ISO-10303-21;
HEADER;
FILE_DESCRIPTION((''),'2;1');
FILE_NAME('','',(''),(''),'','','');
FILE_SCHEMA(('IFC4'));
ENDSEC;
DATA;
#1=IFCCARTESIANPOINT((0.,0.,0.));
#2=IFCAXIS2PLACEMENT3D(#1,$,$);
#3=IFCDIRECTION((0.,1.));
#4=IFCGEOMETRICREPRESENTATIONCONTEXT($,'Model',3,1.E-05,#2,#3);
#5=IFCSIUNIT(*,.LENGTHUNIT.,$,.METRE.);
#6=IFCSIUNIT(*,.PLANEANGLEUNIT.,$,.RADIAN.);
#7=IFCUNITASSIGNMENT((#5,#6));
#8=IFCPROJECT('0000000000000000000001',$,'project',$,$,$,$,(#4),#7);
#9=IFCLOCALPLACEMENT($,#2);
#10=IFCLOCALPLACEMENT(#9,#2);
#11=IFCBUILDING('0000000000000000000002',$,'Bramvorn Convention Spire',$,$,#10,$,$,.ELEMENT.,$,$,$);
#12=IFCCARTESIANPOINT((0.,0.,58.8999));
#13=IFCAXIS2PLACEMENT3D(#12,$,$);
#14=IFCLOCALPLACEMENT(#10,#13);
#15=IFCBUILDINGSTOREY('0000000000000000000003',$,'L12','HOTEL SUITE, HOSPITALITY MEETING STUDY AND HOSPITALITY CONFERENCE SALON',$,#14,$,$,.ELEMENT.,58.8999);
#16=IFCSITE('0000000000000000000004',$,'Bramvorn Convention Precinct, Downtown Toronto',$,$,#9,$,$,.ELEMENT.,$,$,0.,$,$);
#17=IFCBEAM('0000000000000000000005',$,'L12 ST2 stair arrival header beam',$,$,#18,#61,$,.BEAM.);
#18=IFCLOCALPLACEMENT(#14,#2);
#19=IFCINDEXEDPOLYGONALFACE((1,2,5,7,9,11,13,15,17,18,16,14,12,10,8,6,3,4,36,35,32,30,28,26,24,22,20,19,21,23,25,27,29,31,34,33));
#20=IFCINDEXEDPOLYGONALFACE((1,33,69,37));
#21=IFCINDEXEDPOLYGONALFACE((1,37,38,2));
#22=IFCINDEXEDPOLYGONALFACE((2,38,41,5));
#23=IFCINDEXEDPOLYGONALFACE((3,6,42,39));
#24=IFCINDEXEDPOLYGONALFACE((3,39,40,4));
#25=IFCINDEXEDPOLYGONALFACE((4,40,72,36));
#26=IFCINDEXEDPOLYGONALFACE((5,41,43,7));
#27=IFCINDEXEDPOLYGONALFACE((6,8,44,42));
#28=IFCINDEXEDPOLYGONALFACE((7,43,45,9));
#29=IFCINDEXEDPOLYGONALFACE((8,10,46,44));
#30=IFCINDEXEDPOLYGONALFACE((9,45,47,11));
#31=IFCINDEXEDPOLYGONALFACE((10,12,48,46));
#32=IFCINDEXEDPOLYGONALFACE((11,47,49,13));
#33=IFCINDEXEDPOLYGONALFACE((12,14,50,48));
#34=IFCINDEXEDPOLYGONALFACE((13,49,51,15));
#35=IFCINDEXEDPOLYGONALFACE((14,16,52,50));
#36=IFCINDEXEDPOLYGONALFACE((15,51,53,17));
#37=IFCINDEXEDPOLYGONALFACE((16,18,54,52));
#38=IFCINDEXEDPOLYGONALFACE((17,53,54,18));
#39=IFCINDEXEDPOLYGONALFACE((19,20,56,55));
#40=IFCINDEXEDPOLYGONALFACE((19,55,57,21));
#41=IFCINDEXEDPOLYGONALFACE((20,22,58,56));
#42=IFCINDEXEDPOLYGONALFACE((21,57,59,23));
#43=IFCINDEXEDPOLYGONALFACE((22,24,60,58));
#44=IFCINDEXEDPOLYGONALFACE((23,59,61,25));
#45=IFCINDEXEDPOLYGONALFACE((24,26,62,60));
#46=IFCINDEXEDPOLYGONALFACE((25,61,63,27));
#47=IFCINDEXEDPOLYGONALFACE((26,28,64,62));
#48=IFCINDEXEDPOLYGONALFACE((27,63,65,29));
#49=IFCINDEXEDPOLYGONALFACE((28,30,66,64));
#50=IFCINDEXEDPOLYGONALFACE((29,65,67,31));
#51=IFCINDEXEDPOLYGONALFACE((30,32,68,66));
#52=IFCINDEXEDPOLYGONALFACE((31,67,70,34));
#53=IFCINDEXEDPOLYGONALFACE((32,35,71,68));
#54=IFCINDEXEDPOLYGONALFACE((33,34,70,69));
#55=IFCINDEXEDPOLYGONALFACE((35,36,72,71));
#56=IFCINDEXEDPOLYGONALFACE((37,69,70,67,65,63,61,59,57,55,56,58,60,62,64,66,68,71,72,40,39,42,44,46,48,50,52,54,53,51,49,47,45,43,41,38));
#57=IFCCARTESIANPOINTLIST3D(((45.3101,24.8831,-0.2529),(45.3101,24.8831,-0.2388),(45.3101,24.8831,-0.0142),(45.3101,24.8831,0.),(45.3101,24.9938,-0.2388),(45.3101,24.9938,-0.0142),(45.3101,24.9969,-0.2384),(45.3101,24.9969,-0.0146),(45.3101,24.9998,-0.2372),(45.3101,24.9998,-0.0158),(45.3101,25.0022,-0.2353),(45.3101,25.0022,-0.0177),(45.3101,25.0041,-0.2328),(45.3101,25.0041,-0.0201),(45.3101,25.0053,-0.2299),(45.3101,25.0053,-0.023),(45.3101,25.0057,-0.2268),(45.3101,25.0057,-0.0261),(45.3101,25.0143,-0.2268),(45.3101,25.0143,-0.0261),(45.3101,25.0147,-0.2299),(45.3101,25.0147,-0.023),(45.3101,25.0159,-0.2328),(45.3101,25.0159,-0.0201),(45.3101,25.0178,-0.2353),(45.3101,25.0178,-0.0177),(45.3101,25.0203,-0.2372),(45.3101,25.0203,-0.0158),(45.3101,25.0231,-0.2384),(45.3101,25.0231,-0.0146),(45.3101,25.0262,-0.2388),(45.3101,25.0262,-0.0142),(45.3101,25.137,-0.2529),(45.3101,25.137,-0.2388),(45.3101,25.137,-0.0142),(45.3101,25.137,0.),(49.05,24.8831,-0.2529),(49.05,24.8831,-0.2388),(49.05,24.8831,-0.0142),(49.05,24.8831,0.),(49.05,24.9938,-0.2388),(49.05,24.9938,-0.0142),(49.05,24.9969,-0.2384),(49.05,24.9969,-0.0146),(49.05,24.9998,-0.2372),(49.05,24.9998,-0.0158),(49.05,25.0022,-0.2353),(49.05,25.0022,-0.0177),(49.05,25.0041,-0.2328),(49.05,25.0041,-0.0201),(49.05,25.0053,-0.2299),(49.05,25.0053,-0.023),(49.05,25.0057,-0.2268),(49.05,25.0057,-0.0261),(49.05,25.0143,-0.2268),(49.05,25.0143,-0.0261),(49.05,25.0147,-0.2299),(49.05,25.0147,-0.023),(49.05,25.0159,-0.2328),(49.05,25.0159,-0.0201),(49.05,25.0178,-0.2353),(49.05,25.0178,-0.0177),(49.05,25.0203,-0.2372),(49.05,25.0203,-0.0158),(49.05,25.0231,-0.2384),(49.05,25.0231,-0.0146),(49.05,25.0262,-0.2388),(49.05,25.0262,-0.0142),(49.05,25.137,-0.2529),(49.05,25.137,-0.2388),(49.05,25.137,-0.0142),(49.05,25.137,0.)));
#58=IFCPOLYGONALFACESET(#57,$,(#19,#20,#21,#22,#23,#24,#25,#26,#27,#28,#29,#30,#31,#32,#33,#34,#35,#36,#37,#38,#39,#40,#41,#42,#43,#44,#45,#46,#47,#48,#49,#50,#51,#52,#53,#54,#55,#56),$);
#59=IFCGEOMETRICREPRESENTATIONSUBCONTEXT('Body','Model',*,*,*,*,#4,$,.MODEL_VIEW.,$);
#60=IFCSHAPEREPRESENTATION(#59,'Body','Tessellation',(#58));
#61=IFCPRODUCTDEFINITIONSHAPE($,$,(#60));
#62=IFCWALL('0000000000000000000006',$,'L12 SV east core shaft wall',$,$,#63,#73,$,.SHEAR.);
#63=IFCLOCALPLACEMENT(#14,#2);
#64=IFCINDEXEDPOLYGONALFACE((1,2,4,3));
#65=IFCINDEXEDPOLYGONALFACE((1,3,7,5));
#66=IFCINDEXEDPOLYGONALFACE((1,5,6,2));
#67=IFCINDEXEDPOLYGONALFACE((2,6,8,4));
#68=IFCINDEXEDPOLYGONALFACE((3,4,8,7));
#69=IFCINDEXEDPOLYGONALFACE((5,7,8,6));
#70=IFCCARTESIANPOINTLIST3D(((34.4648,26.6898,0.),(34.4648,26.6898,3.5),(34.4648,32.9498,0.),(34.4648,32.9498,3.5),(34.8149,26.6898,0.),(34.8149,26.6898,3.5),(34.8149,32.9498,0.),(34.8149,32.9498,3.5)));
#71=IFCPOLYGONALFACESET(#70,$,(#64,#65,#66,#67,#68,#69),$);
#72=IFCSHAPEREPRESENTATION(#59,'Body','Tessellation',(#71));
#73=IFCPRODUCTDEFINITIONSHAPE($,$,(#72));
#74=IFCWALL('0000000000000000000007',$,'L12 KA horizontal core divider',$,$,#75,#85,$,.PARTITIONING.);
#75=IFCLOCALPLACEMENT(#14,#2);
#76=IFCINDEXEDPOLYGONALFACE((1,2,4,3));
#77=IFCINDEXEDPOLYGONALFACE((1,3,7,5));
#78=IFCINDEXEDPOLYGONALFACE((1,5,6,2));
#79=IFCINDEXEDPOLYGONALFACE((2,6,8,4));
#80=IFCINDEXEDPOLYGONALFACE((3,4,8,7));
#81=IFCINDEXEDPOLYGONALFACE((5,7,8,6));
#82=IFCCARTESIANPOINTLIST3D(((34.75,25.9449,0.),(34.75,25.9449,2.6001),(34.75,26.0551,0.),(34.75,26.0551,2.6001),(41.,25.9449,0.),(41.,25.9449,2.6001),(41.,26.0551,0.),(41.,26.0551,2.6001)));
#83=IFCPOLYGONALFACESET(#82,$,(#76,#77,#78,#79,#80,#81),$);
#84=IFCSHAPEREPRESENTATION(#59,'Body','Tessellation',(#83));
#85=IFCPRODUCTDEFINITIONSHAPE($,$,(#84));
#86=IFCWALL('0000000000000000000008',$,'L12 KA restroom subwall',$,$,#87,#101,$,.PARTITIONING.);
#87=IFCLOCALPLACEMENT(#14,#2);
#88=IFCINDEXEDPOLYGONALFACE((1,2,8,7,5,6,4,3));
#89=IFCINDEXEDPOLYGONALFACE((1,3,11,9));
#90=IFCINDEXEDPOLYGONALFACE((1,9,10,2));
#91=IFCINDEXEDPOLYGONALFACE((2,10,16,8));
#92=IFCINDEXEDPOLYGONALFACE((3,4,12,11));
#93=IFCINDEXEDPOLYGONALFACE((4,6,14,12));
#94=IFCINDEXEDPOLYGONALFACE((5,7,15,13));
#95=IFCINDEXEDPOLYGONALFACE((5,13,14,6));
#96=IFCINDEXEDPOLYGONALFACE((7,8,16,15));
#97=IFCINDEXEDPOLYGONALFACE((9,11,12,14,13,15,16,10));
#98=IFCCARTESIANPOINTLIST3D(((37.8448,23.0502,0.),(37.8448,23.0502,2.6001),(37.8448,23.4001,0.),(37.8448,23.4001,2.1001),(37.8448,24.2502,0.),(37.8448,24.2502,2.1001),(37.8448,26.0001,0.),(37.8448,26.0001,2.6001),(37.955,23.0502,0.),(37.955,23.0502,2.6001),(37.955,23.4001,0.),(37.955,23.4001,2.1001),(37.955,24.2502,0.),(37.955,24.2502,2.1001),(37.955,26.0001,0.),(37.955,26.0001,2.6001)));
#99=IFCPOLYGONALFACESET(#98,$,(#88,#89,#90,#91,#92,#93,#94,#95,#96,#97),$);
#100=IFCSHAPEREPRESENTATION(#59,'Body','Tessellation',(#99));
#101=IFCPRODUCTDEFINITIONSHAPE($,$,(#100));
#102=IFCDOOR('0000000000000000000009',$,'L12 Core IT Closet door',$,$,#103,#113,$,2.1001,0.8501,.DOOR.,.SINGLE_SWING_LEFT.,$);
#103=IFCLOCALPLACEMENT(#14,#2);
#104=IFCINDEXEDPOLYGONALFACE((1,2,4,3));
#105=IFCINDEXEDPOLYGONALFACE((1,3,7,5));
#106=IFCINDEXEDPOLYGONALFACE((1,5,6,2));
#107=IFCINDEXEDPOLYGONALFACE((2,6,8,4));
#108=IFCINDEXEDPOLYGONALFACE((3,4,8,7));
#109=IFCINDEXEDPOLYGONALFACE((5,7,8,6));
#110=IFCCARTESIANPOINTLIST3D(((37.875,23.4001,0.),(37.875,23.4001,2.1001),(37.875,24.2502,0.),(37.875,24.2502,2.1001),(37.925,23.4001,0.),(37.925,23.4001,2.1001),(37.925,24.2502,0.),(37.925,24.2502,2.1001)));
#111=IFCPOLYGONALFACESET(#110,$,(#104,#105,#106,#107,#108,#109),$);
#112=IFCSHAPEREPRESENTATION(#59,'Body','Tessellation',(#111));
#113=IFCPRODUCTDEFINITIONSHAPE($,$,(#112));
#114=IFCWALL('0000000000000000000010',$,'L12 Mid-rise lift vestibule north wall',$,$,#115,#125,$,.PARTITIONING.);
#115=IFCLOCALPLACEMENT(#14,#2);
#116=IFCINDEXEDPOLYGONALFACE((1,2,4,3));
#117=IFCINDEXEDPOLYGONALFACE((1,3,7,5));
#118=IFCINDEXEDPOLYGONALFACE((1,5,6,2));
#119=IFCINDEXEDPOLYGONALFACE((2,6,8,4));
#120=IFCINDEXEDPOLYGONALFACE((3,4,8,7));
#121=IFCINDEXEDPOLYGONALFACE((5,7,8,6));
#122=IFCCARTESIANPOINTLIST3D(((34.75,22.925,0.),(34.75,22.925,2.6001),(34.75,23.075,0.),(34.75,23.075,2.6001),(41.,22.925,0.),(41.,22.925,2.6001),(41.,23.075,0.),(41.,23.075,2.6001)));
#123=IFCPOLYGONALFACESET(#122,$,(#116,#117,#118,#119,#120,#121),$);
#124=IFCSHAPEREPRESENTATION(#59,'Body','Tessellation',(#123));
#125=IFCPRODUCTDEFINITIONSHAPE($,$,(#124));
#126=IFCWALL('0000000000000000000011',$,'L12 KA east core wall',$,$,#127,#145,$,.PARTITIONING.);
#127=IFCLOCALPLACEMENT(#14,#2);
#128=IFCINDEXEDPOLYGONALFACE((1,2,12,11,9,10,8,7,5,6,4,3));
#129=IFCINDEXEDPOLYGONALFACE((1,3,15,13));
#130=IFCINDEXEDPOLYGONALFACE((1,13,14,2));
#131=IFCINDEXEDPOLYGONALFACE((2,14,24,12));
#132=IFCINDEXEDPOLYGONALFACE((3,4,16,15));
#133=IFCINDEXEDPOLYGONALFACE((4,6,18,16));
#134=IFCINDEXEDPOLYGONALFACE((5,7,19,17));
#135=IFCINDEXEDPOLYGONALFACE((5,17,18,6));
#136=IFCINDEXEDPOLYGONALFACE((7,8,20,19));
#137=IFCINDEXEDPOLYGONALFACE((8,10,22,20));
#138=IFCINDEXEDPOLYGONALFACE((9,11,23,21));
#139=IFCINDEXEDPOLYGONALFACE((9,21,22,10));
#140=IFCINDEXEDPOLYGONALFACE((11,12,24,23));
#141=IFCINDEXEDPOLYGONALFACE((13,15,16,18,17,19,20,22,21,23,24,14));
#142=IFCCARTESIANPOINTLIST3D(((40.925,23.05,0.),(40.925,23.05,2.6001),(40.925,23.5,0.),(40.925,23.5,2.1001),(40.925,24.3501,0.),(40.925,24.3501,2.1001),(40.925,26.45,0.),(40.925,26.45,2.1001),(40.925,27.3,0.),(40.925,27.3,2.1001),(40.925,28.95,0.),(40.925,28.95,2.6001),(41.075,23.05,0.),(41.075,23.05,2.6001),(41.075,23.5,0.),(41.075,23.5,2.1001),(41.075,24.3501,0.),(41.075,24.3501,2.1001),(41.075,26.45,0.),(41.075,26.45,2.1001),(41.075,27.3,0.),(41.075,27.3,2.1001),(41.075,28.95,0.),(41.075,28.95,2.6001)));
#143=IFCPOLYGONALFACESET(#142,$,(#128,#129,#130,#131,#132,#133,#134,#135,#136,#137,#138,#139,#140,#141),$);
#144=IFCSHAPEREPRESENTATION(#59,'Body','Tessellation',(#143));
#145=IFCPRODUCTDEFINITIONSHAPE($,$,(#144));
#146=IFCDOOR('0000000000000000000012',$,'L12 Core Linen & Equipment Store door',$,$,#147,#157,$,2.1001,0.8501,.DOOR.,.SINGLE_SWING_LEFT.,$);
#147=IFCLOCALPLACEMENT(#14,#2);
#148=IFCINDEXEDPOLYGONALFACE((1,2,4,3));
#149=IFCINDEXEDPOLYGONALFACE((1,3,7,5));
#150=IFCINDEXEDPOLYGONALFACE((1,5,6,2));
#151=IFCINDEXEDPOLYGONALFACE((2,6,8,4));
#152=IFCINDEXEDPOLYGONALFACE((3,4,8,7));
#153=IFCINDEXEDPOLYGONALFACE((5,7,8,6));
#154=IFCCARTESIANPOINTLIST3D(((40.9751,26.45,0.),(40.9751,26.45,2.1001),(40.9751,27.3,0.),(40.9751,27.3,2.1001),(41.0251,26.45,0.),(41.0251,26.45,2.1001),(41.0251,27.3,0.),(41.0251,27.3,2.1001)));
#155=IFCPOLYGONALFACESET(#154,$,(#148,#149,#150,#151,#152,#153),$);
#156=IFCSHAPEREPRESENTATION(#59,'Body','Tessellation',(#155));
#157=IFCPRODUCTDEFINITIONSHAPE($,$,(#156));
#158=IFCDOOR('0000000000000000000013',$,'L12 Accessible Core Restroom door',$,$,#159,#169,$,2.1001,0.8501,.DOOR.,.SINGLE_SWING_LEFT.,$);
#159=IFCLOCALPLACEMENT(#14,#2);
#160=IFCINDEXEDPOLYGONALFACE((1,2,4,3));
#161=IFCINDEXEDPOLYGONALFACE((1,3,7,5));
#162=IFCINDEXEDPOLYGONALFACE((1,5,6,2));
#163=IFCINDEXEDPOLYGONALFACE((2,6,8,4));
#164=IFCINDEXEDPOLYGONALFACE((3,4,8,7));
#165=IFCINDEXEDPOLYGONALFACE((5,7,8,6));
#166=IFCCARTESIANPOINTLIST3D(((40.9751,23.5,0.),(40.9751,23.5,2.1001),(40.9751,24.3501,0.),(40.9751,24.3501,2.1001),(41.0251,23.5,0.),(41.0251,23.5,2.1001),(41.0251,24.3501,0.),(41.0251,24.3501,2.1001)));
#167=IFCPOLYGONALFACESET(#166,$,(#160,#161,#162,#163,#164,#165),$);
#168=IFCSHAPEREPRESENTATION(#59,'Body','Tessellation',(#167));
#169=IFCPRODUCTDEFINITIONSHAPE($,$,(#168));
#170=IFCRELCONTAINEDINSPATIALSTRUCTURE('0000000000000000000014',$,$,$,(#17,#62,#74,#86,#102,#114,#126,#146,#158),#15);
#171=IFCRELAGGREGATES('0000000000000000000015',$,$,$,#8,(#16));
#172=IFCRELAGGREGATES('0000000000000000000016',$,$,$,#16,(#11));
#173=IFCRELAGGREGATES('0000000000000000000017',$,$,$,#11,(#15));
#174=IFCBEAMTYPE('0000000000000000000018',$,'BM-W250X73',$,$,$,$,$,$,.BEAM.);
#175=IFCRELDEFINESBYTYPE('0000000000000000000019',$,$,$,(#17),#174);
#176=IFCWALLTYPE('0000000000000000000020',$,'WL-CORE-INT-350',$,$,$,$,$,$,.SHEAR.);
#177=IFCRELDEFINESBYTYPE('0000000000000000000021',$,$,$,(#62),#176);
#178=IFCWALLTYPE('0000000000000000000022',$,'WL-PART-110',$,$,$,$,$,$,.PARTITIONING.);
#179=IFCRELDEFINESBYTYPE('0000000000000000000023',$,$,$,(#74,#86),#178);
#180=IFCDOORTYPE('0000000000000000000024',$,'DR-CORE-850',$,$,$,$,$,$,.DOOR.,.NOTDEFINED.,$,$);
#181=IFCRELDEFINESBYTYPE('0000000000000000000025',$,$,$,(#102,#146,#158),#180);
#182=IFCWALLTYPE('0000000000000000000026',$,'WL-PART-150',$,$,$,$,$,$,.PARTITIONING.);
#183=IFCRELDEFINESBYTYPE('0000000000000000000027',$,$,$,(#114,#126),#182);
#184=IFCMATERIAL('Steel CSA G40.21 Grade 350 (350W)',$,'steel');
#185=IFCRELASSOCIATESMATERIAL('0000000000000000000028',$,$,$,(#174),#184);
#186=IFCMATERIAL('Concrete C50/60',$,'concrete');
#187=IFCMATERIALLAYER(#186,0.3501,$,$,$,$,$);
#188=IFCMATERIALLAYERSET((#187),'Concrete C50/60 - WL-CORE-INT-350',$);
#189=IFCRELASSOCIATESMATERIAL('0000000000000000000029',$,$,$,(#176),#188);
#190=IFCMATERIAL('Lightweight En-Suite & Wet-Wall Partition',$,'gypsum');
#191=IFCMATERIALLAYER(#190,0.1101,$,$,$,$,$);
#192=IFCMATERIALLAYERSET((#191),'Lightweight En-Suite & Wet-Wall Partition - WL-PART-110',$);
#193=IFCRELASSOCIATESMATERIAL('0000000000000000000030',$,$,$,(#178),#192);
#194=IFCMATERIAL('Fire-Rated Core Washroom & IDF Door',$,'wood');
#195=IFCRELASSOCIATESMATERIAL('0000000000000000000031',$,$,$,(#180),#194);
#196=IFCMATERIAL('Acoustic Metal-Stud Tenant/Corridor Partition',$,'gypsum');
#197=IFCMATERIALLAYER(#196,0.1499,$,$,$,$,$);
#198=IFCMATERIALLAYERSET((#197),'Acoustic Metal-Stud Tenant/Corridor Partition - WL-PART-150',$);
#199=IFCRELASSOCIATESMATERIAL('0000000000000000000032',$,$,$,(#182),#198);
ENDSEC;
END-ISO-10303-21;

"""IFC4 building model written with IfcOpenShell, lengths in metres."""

from ifc_helpers import new_model, si_unit, direction, frame, frame_2d, origin, origin_2d, place, context, subcontext, project, spatial, rectangle, i_section, extrude, material, layer, layer_set, material_profile, profile_set, type_object, element, fill, save


model = new_model("IFC4")

# Units and contexts
model_context = context("Model", 3, precision=1e-05, world=origin(), true_north=direction((0.0, 1.0)))
body_context = subcontext(model_context, "Body", "Model", "MODEL_VIEW")
ifc_project = project(units=[si_unit("LENGTHUNIT", "METRE"), si_unit("PLANEANGLEUNIT", "RADIAN")], contexts=[model_context])

# Site, building, storey
site_placement = place(None, origin())
site = spatial("IfcSite", under=ifc_project, at=site_placement, Name="Bramvorn Convention Precinct, Downtown Toronto", CompositionType="ELEMENT", RefElevation=0.0)
building_placement = place(site_placement, origin())
building = spatial("IfcBuilding", under=site, at=building_placement, Name="Bramvorn Convention Spire", CompositionType="ELEMENT")
storey_placement = place(building_placement, frame((0.0, 0.0, 58.8999)))
storey = spatial("IfcBuildingStorey", under=building, at=storey_placement, Name="L12", Description="HOTEL SUITE, HOSPITALITY MEETING STUDY AND HOSPITALITY CONFERENCE SALON", CompositionType="ELEMENT", Elevation=58.8999)

# Beam
ifc_material_1 = material(Name="Steel CSA G40.21 Grade 350 (350W)", Category="steel")
ifc_material_profile = material_profile(ifc_material_1, i_section(OverallWidth=0.2539, OverallDepth=0.2529, WebThickness=0.0085, FlangeThickness=0.0142, FilletRadius=0.012, at=origin_2d()))
ifc_profile_set = profile_set([ifc_material_profile], Name="Steel CSA G40.21 Grade 350 (350W) - W250X73")
beam_type = type_object("IfcBeamType", Name="BM-W250X73", PredefinedType="BEAM", material=ifc_profile_set)
beam_placement = place(storey_placement, frame((45.3101, 25.01, -0.1265), z_axis=(1.0, 0.0, 0.0), x_axis=(0.0, 1.0, 0.0)))
element("IfcBeam", 1, at=beam_placement, inside=storey, type_object=beam_type, Name="L12 ST2 stair arrival header beam", PredefinedType="BEAM", context=body_context, shape_type="SweptSolid", body=[
    extrude(i_section(OverallWidth=0.2539, OverallDepth=0.2529, WebThickness=0.0085, FlangeThickness=0.0142, FilletRadius=0.012, at=origin_2d()), origin(), (0.0, 0.0, 1.0), 3.74),
])

# Walls
ifc_material_2 = material(Name="Concrete C50/60", Category="concrete")
ifc_layer_1 = layer(ifc_material_2, 0.3501)
ifc_layer_set_1 = layer_set([ifc_layer_1], Name="Concrete C50/60 - WL-CORE-INT-350")
wall_type_1 = type_object("IfcWallType", Name="WL-CORE-INT-350", PredefinedType="SHEAR", material=ifc_layer_set_1)
wall_1_placement = place(storey_placement, frame((34.6399, 26.6899, 0.0), z_axis=(0.0, 0.0, 1.0), x_axis=(0.0, 1.0, 0.0)))
element("IfcWall", 2, at=wall_1_placement, inside=storey, type_object=wall_type_1, Name="L12 SV east core shaft wall", PredefinedType="SHEAR", context=body_context, shape_type="SweptSolid", body=[
    extrude(rectangle(XDim=6.26, YDim=0.3501, at=frame_2d((3.1299, 0.0))), origin(), (0.0, 0.0, 1.0), 3.5),
])
ifc_material_3 = material(Name="Lightweight En-Suite & Wet-Wall Partition", Category="gypsum")
ifc_layer_2 = layer(ifc_material_3, 0.1101)
ifc_layer_set_2 = layer_set([ifc_layer_2], Name="Lightweight En-Suite & Wet-Wall Partition - WL-PART-110")
wall_type_2 = type_object("IfcWallType", Name="WL-PART-110", PredefinedType="PARTITIONING", material=ifc_layer_set_2)
wall_2_placement = place(storey_placement, frame((34.75, 26.0, 0.0), z_axis=(0.0, 0.0, 1.0), x_axis=(1.0, 0.0, 0.0)))
element("IfcWall", 3, at=wall_2_placement, inside=storey, type_object=wall_type_2, Name="L12 KA horizontal core divider", PredefinedType="PARTITIONING", context=body_context, shape_type="SweptSolid", body=[
    extrude(rectangle(XDim=6.25, YDim=0.1101, at=frame_2d((3.125, 0.0))), origin(), (0.0, 0.0, 1.0), 2.6001),
])

# Wall, opening, door
wall_3_placement = place(storey_placement, frame((37.8999, 23.05, 0.0), z_axis=(0.0, 0.0, 1.0), x_axis=(0.0, 1.0, 0.0)))
wall_3 = element("IfcWall", 4, at=wall_3_placement, inside=storey, type_object=wall_type_2, Name="L12 KA restroom subwall", PredefinedType="PARTITIONING", context=body_context, shape_type="SweptSolid", body=[
    extrude(rectangle(XDim=2.95, YDim=0.1101, at=frame_2d((1.4751, 0.0))), origin(), (0.0, 0.0, 1.0), 2.6001),
])
opening_1_placement = place(wall_3_placement, frame((0.3501, 0.0, 0.0)))
opening_1 = element("IfcOpeningElement", 5, at=opening_1_placement, cuts=wall_3, PredefinedType="OPENING", context=body_context, shape_type="SweptSolid", body=[
    extrude(rectangle(XDim=0.8501, YDim=2.1001, at=frame_2d((0.425, 1.05))), frame((0.0, 0.0649, 0.0), z_axis=(0.0, -1.0, 0.0), x_axis=(1.0, 0.0, 0.0)), (0.0, 0.0, 1.0), 0.1301),
])
ifc_material_4 = material(Name="Fire-Rated Core Washroom & IDF Door", Category="wood")
door_type_1 = type_object("IfcDoorType", Name="DR-CORE-850", OperationType="NOTDEFINED", PredefinedType="DOOR", material=ifc_material_4)
door_1_placement = place(opening_1_placement, origin())
door_1 = element("IfcDoor", 6, at=door_1_placement, inside=storey, type_object=door_type_1, Name="L12 Core IT Closet door", OperationType="SINGLE_SWING_LEFT", OverallHeight=2.1001, OverallWidth=0.8501, PredefinedType="DOOR", context=body_context, shape_type="SweptSolid", body=[
    extrude(rectangle(XDim=0.8501, YDim=2.1001, at=frame_2d((0.425, 1.05))), frame((0.0, 0.0249, 0.0), z_axis=(0.0, -1.0, 0.0), x_axis=(1.0, 0.0, 0.0)), (0.0, 0.0, 1.0), 0.05),
])
fill(opening_1, door_1)

# Wall
ifc_material_5 = material(Name="Acoustic Metal-Stud Tenant/Corridor Partition", Category="gypsum")
ifc_layer_3 = layer(ifc_material_5, 0.1499)
ifc_layer_set_3 = layer_set([ifc_layer_3], Name="Acoustic Metal-Stud Tenant/Corridor Partition - WL-PART-150")
wall_type_3 = type_object("IfcWallType", Name="WL-PART-150", PredefinedType="PARTITIONING", material=ifc_layer_set_3)
wall_4_placement = place(storey_placement, frame((34.75, 23.0, 0.0), z_axis=(0.0, 0.0, 1.0), x_axis=(1.0, 0.0, 0.0)))
element("IfcWall", 7, at=wall_4_placement, inside=storey, type_object=wall_type_3, Name="L12 Mid-rise lift vestibule north wall", PredefinedType="PARTITIONING", context=body_context, shape_type="SweptSolid", body=[
    extrude(rectangle(XDim=6.25, YDim=0.1499, at=frame_2d((3.125, 0.0))), origin(), (0.0, 0.0, 1.0), 2.6001),
])

# Wall, openings, doors
wall_5_placement = place(storey_placement, frame((41.0, 23.05, 0.0), z_axis=(0.0, 0.0, 1.0), x_axis=(0.0, 1.0, 0.0)))
wall_5 = element("IfcWall", 8, at=wall_5_placement, inside=storey, type_object=wall_type_3, Name="L12 KA east core wall", PredefinedType="PARTITIONING", context=body_context, shape_type="SweptSolid", body=[
    extrude(rectangle(XDim=5.8999, YDim=0.1499, at=frame_2d((2.95, 0.0))), origin(), (0.0, 0.0, 1.0), 2.6001),
])
opening_2_placement = place(wall_5_placement, frame((3.3999, 0.0, 0.0)))
opening_2 = element("IfcOpeningElement", 9, at=opening_2_placement, cuts=wall_5, PredefinedType="OPENING", context=body_context, shape_type="SweptSolid", body=[
    extrude(rectangle(XDim=0.8501, YDim=2.1001, at=frame_2d((0.425, 1.05))), frame((0.0, 0.085, 0.0), z_axis=(0.0, -1.0, 0.0), x_axis=(1.0, 0.0, 0.0)), (0.0, 0.0, 1.0), 0.1699),
])
opening_3_placement = place(wall_5_placement, frame((0.45, 0.0, 0.0)))
opening_3 = element("IfcOpeningElement", 10, at=opening_3_placement, cuts=wall_5, PredefinedType="OPENING", context=body_context, shape_type="SweptSolid", body=[
    extrude(rectangle(XDim=0.8501, YDim=2.1001, at=frame_2d((0.425, 1.05))), frame((0.0, 0.085, 0.0), z_axis=(0.0, -1.0, 0.0), x_axis=(1.0, 0.0, 0.0)), (0.0, 0.0, 1.0), 0.1699),
])
door_2_placement = place(opening_2_placement, origin())
door_2 = element("IfcDoor", 11, at=door_2_placement, inside=storey, type_object=door_type_1, Name="L12 Core Linen & Equipment Store door", OperationType="SINGLE_SWING_LEFT", OverallHeight=2.1001, OverallWidth=0.8501, PredefinedType="DOOR", context=body_context, shape_type="SweptSolid", body=[
    extrude(rectangle(XDim=0.8501, YDim=2.1001, at=frame_2d((0.425, 1.05))), frame((0.0, 0.0249, 0.0), z_axis=(0.0, -1.0, 0.0), x_axis=(1.0, 0.0, 0.0)), (0.0, 0.0, 1.0), 0.05),
])
fill(opening_2, door_2)
door_3_placement = place(opening_3_placement, origin())
door_3 = element("IfcDoor", 12, at=door_3_placement, inside=storey, type_object=door_type_1, Name="L12 Accessible Core Restroom door", OperationType="SINGLE_SWING_LEFT", OverallHeight=2.1001, OverallWidth=0.8501, PredefinedType="DOOR", context=body_context, shape_type="SweptSolid", body=[
    extrude(rectangle(XDim=0.8501, YDim=2.1001, at=frame_2d((0.425, 1.05))), frame((0.0, 0.0249, 0.0), z_axis=(0.0, -1.0, 0.0), x_axis=(1.0, 0.0, 0.0)), (0.0, 0.0, 1.0), 0.05),
])
fill(opening_3, door_3)

save(model, "model.ifc")
